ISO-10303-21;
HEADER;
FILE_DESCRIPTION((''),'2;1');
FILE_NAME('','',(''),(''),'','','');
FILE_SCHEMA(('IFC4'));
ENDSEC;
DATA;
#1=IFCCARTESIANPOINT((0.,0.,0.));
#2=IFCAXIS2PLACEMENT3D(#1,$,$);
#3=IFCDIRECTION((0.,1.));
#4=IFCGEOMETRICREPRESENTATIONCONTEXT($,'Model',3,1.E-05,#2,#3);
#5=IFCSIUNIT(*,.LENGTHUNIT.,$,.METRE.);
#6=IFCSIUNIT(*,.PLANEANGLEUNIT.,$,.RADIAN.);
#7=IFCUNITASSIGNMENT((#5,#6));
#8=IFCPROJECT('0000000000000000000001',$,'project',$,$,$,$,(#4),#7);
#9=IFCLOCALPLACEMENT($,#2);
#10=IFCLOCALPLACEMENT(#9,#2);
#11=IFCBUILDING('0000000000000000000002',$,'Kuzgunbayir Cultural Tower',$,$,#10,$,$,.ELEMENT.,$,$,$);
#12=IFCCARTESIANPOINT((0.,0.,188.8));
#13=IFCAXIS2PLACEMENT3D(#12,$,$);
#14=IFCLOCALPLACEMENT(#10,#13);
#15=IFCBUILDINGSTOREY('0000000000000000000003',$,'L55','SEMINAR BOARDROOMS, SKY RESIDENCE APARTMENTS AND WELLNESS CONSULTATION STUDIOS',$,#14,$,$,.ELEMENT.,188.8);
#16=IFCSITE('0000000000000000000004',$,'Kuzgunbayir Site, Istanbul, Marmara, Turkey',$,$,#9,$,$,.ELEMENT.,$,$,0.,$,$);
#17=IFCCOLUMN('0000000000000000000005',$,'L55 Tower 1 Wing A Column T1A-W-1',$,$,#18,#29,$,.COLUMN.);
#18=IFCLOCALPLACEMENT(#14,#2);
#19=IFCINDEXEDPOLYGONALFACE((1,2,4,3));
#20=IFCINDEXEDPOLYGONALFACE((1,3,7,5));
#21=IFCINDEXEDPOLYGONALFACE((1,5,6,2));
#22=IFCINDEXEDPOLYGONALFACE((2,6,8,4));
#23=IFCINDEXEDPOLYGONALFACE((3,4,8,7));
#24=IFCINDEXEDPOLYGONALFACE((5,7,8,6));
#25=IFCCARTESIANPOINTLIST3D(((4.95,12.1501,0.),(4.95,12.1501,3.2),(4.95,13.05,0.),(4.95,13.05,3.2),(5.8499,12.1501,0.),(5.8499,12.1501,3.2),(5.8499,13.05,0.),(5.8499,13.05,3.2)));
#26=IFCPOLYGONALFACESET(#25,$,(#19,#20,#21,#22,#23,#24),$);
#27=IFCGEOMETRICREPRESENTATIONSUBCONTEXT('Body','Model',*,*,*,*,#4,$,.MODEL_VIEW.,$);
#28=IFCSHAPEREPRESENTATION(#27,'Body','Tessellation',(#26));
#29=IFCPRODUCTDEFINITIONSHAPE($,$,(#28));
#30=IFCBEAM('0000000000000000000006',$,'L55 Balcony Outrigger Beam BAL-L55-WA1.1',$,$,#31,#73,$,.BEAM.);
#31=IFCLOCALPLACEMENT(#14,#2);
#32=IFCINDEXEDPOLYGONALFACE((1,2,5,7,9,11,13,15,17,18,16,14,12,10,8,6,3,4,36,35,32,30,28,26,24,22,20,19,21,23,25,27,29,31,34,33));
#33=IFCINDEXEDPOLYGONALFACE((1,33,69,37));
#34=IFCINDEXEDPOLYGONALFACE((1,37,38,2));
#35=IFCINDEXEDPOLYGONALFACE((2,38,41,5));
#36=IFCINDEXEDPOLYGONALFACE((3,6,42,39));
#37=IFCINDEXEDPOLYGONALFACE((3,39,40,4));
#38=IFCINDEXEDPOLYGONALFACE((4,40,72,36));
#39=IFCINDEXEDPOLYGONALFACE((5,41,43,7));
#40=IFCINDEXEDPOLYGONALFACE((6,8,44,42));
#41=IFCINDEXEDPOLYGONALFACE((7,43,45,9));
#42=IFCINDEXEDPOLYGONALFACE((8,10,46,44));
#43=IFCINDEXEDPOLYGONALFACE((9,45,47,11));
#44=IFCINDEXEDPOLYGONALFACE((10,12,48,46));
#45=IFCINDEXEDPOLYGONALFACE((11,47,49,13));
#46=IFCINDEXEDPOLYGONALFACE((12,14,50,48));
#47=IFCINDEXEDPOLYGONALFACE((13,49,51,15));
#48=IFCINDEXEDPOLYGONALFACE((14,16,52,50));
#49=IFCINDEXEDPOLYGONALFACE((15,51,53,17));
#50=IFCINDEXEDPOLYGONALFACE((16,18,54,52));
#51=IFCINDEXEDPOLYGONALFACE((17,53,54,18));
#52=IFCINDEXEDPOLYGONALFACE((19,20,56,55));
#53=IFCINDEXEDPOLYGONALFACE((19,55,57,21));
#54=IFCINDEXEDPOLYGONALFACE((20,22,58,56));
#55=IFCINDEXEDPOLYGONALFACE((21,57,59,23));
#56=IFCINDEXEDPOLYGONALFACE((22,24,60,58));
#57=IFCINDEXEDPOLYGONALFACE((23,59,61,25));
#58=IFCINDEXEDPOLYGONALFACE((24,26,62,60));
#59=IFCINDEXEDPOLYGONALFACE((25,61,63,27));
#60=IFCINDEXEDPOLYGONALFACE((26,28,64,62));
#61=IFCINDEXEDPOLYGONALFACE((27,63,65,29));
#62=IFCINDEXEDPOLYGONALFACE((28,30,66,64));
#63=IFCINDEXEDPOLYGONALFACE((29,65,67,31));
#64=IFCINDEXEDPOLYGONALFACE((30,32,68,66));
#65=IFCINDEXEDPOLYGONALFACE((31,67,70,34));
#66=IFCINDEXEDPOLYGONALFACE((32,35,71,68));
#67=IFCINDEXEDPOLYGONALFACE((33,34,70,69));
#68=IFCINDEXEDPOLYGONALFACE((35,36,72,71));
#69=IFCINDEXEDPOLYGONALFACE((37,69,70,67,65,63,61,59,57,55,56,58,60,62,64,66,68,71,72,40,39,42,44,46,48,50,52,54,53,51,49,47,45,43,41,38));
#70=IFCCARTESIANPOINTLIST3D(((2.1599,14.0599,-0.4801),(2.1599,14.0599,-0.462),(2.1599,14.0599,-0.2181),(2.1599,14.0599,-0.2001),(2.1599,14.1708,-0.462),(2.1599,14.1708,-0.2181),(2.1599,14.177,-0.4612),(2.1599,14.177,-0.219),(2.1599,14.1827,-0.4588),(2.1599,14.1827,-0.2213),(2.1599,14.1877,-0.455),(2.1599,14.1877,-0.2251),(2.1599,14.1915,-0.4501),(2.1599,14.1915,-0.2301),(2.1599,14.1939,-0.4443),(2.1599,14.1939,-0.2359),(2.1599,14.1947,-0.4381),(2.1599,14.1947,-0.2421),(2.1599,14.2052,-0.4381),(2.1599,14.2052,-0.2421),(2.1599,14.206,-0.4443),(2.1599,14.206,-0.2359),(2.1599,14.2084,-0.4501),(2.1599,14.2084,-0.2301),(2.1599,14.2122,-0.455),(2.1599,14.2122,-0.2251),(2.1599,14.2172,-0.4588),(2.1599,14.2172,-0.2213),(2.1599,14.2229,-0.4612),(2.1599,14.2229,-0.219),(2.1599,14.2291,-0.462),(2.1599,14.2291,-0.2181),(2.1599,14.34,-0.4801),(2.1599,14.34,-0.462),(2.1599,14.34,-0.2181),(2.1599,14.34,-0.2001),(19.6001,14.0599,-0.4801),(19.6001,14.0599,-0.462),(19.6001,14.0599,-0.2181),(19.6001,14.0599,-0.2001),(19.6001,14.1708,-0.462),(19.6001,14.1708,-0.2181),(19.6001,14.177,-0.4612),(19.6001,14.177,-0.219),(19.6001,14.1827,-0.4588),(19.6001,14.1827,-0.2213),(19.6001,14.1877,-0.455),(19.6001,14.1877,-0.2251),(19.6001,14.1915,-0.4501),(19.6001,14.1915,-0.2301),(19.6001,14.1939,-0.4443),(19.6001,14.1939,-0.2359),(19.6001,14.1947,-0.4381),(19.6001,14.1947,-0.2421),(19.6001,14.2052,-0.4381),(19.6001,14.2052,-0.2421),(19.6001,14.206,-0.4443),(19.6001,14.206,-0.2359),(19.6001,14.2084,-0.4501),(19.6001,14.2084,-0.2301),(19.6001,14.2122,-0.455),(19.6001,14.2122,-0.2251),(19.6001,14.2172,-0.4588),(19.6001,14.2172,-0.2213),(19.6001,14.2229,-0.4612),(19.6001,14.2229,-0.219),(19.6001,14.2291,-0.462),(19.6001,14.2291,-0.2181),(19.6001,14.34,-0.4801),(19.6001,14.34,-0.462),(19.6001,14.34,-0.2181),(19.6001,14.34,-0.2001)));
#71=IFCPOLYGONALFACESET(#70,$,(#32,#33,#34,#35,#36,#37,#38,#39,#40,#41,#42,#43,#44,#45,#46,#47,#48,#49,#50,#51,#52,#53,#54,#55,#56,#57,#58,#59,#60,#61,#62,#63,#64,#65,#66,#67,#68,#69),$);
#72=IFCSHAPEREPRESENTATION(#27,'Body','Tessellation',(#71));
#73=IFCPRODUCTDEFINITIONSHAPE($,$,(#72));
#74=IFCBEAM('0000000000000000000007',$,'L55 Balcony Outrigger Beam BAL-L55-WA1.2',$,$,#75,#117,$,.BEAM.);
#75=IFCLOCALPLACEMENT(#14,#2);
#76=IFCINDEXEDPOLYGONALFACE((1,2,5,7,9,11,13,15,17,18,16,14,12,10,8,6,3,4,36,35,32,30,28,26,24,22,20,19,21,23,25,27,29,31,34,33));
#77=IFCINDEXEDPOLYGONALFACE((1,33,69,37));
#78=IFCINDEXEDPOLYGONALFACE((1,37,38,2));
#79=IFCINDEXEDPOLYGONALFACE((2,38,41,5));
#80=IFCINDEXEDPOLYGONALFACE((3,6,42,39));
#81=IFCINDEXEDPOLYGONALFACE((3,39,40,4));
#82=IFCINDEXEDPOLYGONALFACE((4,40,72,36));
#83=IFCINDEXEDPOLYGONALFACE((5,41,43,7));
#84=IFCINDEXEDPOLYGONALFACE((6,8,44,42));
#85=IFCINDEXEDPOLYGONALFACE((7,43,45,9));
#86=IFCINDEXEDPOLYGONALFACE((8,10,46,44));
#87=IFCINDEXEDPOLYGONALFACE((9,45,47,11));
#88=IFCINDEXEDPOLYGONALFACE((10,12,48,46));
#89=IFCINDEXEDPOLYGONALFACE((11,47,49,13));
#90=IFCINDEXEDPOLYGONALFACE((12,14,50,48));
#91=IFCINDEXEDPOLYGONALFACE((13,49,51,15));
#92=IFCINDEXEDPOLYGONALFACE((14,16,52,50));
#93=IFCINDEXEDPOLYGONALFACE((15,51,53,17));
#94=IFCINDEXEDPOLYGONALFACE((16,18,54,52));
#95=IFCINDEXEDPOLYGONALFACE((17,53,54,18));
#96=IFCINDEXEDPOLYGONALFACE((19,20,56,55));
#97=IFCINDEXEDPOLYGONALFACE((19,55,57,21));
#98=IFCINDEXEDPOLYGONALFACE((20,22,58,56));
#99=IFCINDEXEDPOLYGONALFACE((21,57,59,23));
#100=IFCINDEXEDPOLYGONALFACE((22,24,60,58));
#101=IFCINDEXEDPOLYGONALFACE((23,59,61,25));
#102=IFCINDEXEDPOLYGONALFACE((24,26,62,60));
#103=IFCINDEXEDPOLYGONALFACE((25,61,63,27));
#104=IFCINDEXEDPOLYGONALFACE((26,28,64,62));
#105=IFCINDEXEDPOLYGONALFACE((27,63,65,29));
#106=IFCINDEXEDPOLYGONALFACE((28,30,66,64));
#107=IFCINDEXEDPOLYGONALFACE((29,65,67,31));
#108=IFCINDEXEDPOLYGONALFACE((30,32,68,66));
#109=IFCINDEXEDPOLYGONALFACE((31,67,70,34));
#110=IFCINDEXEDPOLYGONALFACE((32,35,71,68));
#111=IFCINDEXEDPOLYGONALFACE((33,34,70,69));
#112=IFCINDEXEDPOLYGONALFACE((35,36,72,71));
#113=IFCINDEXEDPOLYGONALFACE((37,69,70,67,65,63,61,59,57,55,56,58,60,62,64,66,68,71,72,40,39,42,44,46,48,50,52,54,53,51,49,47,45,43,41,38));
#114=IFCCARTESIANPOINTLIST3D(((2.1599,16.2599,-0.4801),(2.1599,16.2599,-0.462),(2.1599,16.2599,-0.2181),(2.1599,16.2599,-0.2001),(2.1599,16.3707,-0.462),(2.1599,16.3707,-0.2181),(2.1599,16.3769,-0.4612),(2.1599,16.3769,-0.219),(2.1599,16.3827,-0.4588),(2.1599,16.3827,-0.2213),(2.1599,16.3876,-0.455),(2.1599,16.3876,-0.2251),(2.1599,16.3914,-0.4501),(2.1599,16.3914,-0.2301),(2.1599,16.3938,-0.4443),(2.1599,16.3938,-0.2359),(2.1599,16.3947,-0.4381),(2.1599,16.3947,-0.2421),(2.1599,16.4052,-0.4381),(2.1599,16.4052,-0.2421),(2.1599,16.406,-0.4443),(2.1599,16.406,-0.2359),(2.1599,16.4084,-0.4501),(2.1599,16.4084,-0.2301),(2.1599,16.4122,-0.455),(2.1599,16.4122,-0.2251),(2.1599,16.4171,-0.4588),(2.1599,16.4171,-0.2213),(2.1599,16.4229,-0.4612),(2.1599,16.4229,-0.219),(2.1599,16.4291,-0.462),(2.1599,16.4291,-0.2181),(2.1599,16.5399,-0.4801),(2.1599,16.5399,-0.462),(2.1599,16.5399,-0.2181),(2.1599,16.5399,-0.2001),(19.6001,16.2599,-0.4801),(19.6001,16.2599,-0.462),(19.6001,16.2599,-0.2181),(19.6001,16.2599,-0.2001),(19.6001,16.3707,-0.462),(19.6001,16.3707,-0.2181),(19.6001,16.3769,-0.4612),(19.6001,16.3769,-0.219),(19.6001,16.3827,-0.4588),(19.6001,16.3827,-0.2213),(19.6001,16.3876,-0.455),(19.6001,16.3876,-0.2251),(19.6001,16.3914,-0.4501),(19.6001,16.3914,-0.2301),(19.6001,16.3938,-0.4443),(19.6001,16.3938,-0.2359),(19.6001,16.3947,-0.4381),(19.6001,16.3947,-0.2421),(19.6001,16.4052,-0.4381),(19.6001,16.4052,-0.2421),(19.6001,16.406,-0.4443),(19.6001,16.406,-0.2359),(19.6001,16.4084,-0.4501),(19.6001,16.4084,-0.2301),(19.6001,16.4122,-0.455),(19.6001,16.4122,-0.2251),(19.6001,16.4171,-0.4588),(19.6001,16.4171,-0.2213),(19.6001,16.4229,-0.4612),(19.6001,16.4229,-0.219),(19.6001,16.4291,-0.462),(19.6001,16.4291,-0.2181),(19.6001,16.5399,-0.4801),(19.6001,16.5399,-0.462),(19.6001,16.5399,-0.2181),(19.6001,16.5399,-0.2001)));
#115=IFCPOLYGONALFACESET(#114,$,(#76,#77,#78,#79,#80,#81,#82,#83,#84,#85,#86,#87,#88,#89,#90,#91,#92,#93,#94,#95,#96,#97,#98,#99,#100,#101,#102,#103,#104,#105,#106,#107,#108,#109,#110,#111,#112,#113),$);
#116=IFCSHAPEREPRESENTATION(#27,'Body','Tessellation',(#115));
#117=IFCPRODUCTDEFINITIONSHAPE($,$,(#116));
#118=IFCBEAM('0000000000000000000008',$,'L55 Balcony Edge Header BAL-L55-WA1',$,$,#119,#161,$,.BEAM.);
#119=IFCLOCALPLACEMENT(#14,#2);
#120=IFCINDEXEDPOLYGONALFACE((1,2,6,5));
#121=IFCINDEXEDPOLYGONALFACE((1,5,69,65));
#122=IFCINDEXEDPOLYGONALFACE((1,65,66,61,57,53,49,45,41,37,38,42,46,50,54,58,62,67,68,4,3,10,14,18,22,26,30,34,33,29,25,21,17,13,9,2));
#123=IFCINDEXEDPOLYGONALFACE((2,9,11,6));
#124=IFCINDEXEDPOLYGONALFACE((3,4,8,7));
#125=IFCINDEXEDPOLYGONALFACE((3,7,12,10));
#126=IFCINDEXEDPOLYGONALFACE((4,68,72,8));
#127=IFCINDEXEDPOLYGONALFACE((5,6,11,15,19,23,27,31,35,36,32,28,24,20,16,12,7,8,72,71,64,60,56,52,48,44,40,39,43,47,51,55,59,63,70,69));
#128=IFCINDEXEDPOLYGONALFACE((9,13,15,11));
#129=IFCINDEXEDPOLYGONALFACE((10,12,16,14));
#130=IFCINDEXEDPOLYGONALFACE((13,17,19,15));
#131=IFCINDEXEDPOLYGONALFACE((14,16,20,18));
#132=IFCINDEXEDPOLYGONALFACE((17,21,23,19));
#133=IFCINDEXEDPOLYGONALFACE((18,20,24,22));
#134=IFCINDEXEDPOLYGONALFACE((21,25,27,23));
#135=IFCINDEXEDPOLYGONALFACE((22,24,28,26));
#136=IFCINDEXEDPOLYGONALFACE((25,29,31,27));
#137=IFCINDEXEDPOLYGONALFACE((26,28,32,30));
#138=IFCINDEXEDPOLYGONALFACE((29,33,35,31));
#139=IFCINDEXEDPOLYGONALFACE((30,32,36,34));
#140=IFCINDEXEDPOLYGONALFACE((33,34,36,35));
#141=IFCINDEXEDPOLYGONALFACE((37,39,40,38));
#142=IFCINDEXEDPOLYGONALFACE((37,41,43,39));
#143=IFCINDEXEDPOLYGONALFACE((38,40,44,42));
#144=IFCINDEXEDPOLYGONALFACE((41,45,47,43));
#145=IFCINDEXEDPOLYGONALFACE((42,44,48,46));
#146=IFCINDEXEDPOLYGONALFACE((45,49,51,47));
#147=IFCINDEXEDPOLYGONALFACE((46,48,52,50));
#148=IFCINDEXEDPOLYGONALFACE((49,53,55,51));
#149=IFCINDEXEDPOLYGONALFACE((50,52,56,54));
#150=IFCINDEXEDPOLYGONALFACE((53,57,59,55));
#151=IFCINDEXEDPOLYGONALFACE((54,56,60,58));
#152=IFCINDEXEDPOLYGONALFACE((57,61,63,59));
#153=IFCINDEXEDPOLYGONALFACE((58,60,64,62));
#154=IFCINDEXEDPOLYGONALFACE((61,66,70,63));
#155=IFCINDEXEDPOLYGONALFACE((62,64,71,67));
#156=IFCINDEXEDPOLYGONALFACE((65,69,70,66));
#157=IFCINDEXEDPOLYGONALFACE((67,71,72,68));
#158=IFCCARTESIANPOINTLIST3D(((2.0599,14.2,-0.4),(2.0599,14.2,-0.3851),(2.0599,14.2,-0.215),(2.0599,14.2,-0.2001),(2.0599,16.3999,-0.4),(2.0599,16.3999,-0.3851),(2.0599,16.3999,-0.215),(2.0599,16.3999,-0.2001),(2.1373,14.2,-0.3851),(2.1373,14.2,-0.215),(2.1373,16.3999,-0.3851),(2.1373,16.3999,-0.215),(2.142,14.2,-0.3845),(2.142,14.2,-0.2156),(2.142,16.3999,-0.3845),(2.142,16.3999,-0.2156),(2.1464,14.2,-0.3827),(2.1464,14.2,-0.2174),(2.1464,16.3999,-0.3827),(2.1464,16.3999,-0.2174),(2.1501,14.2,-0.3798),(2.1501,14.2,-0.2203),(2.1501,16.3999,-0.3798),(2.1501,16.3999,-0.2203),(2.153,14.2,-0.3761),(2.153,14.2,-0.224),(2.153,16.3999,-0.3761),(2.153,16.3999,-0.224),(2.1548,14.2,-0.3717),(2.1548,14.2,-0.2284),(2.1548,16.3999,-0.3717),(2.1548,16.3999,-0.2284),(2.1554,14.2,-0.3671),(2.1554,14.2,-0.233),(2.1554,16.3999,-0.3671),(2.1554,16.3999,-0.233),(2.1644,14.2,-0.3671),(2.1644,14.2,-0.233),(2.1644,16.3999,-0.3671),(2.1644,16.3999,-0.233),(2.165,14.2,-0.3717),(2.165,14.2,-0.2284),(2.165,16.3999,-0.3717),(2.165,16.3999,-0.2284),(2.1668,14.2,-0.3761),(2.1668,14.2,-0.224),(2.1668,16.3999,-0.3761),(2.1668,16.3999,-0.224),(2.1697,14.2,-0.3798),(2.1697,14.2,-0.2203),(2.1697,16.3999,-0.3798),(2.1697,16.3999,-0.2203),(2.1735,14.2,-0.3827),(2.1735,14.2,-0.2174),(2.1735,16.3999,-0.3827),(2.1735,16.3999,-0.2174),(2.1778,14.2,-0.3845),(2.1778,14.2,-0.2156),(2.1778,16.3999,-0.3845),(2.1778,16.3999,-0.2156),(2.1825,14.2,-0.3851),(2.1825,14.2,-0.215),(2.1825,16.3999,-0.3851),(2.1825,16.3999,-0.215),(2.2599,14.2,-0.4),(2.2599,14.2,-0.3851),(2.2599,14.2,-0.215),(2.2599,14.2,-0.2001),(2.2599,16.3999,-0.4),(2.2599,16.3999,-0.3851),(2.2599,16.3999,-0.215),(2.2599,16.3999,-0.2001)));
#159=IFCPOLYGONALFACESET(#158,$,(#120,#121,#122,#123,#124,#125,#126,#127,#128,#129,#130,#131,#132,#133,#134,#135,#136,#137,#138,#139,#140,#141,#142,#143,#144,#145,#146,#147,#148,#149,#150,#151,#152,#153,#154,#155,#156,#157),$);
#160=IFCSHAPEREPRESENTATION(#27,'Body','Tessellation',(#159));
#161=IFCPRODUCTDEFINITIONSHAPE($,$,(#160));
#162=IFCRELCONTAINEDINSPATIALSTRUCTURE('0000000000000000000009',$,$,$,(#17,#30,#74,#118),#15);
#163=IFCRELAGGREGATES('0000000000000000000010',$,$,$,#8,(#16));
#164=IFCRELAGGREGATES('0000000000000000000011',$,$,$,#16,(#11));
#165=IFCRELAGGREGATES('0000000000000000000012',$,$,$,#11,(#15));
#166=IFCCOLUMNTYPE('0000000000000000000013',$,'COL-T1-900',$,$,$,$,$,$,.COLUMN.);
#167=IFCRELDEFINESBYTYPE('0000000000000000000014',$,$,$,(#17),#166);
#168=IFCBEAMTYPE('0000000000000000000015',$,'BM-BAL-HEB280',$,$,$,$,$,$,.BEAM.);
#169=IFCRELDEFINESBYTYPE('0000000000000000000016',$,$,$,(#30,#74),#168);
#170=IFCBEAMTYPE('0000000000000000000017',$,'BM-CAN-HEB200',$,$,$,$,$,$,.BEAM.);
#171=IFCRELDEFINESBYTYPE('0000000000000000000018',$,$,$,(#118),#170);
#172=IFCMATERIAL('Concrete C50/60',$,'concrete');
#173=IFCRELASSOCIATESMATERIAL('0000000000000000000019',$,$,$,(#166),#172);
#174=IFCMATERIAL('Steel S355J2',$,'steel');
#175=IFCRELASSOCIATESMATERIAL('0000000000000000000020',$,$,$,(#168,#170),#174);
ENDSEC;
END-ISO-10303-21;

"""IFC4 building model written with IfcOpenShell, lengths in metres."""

from ifc_helpers import new_model, si_unit, direction, frame, origin, origin_2d, place, context, subcontext, project, spatial, rectangle, i_section, extrude, material, material_profile, profile_set, type_object, element, save


model = new_model("IFC4")

# Units and contexts
model_context = context("Model", 3, precision=1e-05, world=origin(), true_north=direction((0.0, 1.0)))
body_context = subcontext(model_context, "Body", "Model", "MODEL_VIEW")
ifc_project = project(units=[si_unit("LENGTHUNIT", "METRE"), si_unit("PLANEANGLEUNIT", "RADIAN")], contexts=[model_context])

# Site, building, storey
site_placement = place(None, origin())
site = spatial("IfcSite", under=ifc_project, at=site_placement, Name="Kuzgunbayir Site, Istanbul, Marmara, Turkey", CompositionType="ELEMENT", RefElevation=0.0)
building_placement = place(site_placement, origin())
building = spatial("IfcBuilding", under=site, at=building_placement, Name="Kuzgunbayir Cultural Tower", CompositionType="ELEMENT")
storey_placement = place(building_placement, frame((0.0, 0.0, 188.8)))
storey = spatial("IfcBuildingStorey", under=building, at=storey_placement, Name="L55", Description="SEMINAR BOARDROOMS, SKY RESIDENCE APARTMENTS AND WELLNESS CONSULTATION STUDIOS", CompositionType="ELEMENT", Elevation=188.8)

# Column
ifc_material_1 = material(Name="Concrete C50/60", Category="concrete")
ifc_material_profile_1 = material_profile(ifc_material_1, rectangle(XDim=0.8999, YDim=0.8999, at=origin_2d()), Name="RC 900x900")
ifc_profile_set_1 = profile_set([ifc_material_profile_1], Name="Concrete C50/60")
column_type = type_object("IfcColumnType", Name="COL-T1-900", PredefinedType="COLUMN", material=ifc_profile_set_1)
column_placement = place(storey_placement, frame((5.3999, 12.6001, 0.0), z_axis=(0.0, 0.0, 1.0), x_axis=(1.0, 0.0, 0.0)))
element("IfcColumn", 1, at=column_placement, inside=storey, type_object=column_type, Name="L55 Tower 1 Wing A Column T1A-W-1", PredefinedType="COLUMN", context=body_context, shape_type="SweptSolid", body=[
    extrude(rectangle(XDim=0.8999, YDim=0.8999, at=origin_2d()), origin(), (0.0, 0.0, 1.0), 3.2),
])

# Beams
ifc_material_2 = material(Name="Steel S355J2", Category="steel")
ifc_material_profile_2 = material_profile(ifc_material_2, i_section(OverallWidth=0.28, OverallDepth=0.28, WebThickness=0.0105, FlangeThickness=0.0181, FilletRadius=0.0239, at=origin_2d()), Name="HEB 280")
ifc_profile_set_2 = profile_set([ifc_material_profile_2], Name="Steel S355J2")
beam_type_1 = type_object("IfcBeamType", Name="BM-BAL-HEB280", PredefinedType="BEAM", material=ifc_profile_set_2)
for number, where, z_axis, x_axis, name in (
    (2, (2.1599, 14.2, -0.3401), (1.0, 0.0, 0.0), (0.0, 1.0, 0.0), "L55 Balcony Outrigger Beam BAL-L55-WA1.1"),
    (3, (2.1599, 16.3999, -0.3401), (1.0, 0.0, 0.0), (0.0, 1.0, 0.0), "L55 Balcony Outrigger Beam BAL-L55-WA1.2"),
):
    element("IfcBeam", number, at=place(storey_placement, frame(where, z_axis=z_axis, x_axis=x_axis)), inside=storey, type_object=beam_type_1, Name=name, PredefinedType="BEAM", context=body_context, shape_type="SweptSolid", body=[
        extrude(i_section(OverallWidth=0.28, OverallDepth=0.28, WebThickness=0.0105, FlangeThickness=0.0181, FilletRadius=0.0239, at=origin_2d()), origin(), (0.0, 0.0, 1.0), 17.4402),
    ])
ifc_material_profile_3 = material_profile(ifc_material_2, i_section(OverallWidth=0.2, OverallDepth=0.2, WebThickness=0.009, FlangeThickness=0.0149, FilletRadius=0.0181, at=origin_2d()), Name="HEB 200")
ifc_profile_set_3 = profile_set([ifc_material_profile_3], Name="Steel S355J2")
beam_type_2 = type_object("IfcBeamType", Name="BM-CAN-HEB200", PredefinedType="BEAM", material=ifc_profile_set_3)
beam_1_placement = place(storey_placement, frame((2.1599, 14.2, -0.3), z_axis=(0.0, 1.0, 0.0), x_axis=(-1.0, 0.0, 0.0)))
element("IfcBeam", 4, at=beam_1_placement, inside=storey, type_object=beam_type_2, Name="L55 Balcony Edge Header BAL-L55-WA1", PredefinedType="BEAM", context=body_context, shape_type="SweptSolid", body=[
    extrude(i_section(OverallWidth=0.2, OverallDepth=0.2, WebThickness=0.009, FlangeThickness=0.0149, FilletRadius=0.0181, at=origin_2d()), origin(), (0.0, 0.0, 1.0), 2.2),
])

save(model, "model.ifc")
